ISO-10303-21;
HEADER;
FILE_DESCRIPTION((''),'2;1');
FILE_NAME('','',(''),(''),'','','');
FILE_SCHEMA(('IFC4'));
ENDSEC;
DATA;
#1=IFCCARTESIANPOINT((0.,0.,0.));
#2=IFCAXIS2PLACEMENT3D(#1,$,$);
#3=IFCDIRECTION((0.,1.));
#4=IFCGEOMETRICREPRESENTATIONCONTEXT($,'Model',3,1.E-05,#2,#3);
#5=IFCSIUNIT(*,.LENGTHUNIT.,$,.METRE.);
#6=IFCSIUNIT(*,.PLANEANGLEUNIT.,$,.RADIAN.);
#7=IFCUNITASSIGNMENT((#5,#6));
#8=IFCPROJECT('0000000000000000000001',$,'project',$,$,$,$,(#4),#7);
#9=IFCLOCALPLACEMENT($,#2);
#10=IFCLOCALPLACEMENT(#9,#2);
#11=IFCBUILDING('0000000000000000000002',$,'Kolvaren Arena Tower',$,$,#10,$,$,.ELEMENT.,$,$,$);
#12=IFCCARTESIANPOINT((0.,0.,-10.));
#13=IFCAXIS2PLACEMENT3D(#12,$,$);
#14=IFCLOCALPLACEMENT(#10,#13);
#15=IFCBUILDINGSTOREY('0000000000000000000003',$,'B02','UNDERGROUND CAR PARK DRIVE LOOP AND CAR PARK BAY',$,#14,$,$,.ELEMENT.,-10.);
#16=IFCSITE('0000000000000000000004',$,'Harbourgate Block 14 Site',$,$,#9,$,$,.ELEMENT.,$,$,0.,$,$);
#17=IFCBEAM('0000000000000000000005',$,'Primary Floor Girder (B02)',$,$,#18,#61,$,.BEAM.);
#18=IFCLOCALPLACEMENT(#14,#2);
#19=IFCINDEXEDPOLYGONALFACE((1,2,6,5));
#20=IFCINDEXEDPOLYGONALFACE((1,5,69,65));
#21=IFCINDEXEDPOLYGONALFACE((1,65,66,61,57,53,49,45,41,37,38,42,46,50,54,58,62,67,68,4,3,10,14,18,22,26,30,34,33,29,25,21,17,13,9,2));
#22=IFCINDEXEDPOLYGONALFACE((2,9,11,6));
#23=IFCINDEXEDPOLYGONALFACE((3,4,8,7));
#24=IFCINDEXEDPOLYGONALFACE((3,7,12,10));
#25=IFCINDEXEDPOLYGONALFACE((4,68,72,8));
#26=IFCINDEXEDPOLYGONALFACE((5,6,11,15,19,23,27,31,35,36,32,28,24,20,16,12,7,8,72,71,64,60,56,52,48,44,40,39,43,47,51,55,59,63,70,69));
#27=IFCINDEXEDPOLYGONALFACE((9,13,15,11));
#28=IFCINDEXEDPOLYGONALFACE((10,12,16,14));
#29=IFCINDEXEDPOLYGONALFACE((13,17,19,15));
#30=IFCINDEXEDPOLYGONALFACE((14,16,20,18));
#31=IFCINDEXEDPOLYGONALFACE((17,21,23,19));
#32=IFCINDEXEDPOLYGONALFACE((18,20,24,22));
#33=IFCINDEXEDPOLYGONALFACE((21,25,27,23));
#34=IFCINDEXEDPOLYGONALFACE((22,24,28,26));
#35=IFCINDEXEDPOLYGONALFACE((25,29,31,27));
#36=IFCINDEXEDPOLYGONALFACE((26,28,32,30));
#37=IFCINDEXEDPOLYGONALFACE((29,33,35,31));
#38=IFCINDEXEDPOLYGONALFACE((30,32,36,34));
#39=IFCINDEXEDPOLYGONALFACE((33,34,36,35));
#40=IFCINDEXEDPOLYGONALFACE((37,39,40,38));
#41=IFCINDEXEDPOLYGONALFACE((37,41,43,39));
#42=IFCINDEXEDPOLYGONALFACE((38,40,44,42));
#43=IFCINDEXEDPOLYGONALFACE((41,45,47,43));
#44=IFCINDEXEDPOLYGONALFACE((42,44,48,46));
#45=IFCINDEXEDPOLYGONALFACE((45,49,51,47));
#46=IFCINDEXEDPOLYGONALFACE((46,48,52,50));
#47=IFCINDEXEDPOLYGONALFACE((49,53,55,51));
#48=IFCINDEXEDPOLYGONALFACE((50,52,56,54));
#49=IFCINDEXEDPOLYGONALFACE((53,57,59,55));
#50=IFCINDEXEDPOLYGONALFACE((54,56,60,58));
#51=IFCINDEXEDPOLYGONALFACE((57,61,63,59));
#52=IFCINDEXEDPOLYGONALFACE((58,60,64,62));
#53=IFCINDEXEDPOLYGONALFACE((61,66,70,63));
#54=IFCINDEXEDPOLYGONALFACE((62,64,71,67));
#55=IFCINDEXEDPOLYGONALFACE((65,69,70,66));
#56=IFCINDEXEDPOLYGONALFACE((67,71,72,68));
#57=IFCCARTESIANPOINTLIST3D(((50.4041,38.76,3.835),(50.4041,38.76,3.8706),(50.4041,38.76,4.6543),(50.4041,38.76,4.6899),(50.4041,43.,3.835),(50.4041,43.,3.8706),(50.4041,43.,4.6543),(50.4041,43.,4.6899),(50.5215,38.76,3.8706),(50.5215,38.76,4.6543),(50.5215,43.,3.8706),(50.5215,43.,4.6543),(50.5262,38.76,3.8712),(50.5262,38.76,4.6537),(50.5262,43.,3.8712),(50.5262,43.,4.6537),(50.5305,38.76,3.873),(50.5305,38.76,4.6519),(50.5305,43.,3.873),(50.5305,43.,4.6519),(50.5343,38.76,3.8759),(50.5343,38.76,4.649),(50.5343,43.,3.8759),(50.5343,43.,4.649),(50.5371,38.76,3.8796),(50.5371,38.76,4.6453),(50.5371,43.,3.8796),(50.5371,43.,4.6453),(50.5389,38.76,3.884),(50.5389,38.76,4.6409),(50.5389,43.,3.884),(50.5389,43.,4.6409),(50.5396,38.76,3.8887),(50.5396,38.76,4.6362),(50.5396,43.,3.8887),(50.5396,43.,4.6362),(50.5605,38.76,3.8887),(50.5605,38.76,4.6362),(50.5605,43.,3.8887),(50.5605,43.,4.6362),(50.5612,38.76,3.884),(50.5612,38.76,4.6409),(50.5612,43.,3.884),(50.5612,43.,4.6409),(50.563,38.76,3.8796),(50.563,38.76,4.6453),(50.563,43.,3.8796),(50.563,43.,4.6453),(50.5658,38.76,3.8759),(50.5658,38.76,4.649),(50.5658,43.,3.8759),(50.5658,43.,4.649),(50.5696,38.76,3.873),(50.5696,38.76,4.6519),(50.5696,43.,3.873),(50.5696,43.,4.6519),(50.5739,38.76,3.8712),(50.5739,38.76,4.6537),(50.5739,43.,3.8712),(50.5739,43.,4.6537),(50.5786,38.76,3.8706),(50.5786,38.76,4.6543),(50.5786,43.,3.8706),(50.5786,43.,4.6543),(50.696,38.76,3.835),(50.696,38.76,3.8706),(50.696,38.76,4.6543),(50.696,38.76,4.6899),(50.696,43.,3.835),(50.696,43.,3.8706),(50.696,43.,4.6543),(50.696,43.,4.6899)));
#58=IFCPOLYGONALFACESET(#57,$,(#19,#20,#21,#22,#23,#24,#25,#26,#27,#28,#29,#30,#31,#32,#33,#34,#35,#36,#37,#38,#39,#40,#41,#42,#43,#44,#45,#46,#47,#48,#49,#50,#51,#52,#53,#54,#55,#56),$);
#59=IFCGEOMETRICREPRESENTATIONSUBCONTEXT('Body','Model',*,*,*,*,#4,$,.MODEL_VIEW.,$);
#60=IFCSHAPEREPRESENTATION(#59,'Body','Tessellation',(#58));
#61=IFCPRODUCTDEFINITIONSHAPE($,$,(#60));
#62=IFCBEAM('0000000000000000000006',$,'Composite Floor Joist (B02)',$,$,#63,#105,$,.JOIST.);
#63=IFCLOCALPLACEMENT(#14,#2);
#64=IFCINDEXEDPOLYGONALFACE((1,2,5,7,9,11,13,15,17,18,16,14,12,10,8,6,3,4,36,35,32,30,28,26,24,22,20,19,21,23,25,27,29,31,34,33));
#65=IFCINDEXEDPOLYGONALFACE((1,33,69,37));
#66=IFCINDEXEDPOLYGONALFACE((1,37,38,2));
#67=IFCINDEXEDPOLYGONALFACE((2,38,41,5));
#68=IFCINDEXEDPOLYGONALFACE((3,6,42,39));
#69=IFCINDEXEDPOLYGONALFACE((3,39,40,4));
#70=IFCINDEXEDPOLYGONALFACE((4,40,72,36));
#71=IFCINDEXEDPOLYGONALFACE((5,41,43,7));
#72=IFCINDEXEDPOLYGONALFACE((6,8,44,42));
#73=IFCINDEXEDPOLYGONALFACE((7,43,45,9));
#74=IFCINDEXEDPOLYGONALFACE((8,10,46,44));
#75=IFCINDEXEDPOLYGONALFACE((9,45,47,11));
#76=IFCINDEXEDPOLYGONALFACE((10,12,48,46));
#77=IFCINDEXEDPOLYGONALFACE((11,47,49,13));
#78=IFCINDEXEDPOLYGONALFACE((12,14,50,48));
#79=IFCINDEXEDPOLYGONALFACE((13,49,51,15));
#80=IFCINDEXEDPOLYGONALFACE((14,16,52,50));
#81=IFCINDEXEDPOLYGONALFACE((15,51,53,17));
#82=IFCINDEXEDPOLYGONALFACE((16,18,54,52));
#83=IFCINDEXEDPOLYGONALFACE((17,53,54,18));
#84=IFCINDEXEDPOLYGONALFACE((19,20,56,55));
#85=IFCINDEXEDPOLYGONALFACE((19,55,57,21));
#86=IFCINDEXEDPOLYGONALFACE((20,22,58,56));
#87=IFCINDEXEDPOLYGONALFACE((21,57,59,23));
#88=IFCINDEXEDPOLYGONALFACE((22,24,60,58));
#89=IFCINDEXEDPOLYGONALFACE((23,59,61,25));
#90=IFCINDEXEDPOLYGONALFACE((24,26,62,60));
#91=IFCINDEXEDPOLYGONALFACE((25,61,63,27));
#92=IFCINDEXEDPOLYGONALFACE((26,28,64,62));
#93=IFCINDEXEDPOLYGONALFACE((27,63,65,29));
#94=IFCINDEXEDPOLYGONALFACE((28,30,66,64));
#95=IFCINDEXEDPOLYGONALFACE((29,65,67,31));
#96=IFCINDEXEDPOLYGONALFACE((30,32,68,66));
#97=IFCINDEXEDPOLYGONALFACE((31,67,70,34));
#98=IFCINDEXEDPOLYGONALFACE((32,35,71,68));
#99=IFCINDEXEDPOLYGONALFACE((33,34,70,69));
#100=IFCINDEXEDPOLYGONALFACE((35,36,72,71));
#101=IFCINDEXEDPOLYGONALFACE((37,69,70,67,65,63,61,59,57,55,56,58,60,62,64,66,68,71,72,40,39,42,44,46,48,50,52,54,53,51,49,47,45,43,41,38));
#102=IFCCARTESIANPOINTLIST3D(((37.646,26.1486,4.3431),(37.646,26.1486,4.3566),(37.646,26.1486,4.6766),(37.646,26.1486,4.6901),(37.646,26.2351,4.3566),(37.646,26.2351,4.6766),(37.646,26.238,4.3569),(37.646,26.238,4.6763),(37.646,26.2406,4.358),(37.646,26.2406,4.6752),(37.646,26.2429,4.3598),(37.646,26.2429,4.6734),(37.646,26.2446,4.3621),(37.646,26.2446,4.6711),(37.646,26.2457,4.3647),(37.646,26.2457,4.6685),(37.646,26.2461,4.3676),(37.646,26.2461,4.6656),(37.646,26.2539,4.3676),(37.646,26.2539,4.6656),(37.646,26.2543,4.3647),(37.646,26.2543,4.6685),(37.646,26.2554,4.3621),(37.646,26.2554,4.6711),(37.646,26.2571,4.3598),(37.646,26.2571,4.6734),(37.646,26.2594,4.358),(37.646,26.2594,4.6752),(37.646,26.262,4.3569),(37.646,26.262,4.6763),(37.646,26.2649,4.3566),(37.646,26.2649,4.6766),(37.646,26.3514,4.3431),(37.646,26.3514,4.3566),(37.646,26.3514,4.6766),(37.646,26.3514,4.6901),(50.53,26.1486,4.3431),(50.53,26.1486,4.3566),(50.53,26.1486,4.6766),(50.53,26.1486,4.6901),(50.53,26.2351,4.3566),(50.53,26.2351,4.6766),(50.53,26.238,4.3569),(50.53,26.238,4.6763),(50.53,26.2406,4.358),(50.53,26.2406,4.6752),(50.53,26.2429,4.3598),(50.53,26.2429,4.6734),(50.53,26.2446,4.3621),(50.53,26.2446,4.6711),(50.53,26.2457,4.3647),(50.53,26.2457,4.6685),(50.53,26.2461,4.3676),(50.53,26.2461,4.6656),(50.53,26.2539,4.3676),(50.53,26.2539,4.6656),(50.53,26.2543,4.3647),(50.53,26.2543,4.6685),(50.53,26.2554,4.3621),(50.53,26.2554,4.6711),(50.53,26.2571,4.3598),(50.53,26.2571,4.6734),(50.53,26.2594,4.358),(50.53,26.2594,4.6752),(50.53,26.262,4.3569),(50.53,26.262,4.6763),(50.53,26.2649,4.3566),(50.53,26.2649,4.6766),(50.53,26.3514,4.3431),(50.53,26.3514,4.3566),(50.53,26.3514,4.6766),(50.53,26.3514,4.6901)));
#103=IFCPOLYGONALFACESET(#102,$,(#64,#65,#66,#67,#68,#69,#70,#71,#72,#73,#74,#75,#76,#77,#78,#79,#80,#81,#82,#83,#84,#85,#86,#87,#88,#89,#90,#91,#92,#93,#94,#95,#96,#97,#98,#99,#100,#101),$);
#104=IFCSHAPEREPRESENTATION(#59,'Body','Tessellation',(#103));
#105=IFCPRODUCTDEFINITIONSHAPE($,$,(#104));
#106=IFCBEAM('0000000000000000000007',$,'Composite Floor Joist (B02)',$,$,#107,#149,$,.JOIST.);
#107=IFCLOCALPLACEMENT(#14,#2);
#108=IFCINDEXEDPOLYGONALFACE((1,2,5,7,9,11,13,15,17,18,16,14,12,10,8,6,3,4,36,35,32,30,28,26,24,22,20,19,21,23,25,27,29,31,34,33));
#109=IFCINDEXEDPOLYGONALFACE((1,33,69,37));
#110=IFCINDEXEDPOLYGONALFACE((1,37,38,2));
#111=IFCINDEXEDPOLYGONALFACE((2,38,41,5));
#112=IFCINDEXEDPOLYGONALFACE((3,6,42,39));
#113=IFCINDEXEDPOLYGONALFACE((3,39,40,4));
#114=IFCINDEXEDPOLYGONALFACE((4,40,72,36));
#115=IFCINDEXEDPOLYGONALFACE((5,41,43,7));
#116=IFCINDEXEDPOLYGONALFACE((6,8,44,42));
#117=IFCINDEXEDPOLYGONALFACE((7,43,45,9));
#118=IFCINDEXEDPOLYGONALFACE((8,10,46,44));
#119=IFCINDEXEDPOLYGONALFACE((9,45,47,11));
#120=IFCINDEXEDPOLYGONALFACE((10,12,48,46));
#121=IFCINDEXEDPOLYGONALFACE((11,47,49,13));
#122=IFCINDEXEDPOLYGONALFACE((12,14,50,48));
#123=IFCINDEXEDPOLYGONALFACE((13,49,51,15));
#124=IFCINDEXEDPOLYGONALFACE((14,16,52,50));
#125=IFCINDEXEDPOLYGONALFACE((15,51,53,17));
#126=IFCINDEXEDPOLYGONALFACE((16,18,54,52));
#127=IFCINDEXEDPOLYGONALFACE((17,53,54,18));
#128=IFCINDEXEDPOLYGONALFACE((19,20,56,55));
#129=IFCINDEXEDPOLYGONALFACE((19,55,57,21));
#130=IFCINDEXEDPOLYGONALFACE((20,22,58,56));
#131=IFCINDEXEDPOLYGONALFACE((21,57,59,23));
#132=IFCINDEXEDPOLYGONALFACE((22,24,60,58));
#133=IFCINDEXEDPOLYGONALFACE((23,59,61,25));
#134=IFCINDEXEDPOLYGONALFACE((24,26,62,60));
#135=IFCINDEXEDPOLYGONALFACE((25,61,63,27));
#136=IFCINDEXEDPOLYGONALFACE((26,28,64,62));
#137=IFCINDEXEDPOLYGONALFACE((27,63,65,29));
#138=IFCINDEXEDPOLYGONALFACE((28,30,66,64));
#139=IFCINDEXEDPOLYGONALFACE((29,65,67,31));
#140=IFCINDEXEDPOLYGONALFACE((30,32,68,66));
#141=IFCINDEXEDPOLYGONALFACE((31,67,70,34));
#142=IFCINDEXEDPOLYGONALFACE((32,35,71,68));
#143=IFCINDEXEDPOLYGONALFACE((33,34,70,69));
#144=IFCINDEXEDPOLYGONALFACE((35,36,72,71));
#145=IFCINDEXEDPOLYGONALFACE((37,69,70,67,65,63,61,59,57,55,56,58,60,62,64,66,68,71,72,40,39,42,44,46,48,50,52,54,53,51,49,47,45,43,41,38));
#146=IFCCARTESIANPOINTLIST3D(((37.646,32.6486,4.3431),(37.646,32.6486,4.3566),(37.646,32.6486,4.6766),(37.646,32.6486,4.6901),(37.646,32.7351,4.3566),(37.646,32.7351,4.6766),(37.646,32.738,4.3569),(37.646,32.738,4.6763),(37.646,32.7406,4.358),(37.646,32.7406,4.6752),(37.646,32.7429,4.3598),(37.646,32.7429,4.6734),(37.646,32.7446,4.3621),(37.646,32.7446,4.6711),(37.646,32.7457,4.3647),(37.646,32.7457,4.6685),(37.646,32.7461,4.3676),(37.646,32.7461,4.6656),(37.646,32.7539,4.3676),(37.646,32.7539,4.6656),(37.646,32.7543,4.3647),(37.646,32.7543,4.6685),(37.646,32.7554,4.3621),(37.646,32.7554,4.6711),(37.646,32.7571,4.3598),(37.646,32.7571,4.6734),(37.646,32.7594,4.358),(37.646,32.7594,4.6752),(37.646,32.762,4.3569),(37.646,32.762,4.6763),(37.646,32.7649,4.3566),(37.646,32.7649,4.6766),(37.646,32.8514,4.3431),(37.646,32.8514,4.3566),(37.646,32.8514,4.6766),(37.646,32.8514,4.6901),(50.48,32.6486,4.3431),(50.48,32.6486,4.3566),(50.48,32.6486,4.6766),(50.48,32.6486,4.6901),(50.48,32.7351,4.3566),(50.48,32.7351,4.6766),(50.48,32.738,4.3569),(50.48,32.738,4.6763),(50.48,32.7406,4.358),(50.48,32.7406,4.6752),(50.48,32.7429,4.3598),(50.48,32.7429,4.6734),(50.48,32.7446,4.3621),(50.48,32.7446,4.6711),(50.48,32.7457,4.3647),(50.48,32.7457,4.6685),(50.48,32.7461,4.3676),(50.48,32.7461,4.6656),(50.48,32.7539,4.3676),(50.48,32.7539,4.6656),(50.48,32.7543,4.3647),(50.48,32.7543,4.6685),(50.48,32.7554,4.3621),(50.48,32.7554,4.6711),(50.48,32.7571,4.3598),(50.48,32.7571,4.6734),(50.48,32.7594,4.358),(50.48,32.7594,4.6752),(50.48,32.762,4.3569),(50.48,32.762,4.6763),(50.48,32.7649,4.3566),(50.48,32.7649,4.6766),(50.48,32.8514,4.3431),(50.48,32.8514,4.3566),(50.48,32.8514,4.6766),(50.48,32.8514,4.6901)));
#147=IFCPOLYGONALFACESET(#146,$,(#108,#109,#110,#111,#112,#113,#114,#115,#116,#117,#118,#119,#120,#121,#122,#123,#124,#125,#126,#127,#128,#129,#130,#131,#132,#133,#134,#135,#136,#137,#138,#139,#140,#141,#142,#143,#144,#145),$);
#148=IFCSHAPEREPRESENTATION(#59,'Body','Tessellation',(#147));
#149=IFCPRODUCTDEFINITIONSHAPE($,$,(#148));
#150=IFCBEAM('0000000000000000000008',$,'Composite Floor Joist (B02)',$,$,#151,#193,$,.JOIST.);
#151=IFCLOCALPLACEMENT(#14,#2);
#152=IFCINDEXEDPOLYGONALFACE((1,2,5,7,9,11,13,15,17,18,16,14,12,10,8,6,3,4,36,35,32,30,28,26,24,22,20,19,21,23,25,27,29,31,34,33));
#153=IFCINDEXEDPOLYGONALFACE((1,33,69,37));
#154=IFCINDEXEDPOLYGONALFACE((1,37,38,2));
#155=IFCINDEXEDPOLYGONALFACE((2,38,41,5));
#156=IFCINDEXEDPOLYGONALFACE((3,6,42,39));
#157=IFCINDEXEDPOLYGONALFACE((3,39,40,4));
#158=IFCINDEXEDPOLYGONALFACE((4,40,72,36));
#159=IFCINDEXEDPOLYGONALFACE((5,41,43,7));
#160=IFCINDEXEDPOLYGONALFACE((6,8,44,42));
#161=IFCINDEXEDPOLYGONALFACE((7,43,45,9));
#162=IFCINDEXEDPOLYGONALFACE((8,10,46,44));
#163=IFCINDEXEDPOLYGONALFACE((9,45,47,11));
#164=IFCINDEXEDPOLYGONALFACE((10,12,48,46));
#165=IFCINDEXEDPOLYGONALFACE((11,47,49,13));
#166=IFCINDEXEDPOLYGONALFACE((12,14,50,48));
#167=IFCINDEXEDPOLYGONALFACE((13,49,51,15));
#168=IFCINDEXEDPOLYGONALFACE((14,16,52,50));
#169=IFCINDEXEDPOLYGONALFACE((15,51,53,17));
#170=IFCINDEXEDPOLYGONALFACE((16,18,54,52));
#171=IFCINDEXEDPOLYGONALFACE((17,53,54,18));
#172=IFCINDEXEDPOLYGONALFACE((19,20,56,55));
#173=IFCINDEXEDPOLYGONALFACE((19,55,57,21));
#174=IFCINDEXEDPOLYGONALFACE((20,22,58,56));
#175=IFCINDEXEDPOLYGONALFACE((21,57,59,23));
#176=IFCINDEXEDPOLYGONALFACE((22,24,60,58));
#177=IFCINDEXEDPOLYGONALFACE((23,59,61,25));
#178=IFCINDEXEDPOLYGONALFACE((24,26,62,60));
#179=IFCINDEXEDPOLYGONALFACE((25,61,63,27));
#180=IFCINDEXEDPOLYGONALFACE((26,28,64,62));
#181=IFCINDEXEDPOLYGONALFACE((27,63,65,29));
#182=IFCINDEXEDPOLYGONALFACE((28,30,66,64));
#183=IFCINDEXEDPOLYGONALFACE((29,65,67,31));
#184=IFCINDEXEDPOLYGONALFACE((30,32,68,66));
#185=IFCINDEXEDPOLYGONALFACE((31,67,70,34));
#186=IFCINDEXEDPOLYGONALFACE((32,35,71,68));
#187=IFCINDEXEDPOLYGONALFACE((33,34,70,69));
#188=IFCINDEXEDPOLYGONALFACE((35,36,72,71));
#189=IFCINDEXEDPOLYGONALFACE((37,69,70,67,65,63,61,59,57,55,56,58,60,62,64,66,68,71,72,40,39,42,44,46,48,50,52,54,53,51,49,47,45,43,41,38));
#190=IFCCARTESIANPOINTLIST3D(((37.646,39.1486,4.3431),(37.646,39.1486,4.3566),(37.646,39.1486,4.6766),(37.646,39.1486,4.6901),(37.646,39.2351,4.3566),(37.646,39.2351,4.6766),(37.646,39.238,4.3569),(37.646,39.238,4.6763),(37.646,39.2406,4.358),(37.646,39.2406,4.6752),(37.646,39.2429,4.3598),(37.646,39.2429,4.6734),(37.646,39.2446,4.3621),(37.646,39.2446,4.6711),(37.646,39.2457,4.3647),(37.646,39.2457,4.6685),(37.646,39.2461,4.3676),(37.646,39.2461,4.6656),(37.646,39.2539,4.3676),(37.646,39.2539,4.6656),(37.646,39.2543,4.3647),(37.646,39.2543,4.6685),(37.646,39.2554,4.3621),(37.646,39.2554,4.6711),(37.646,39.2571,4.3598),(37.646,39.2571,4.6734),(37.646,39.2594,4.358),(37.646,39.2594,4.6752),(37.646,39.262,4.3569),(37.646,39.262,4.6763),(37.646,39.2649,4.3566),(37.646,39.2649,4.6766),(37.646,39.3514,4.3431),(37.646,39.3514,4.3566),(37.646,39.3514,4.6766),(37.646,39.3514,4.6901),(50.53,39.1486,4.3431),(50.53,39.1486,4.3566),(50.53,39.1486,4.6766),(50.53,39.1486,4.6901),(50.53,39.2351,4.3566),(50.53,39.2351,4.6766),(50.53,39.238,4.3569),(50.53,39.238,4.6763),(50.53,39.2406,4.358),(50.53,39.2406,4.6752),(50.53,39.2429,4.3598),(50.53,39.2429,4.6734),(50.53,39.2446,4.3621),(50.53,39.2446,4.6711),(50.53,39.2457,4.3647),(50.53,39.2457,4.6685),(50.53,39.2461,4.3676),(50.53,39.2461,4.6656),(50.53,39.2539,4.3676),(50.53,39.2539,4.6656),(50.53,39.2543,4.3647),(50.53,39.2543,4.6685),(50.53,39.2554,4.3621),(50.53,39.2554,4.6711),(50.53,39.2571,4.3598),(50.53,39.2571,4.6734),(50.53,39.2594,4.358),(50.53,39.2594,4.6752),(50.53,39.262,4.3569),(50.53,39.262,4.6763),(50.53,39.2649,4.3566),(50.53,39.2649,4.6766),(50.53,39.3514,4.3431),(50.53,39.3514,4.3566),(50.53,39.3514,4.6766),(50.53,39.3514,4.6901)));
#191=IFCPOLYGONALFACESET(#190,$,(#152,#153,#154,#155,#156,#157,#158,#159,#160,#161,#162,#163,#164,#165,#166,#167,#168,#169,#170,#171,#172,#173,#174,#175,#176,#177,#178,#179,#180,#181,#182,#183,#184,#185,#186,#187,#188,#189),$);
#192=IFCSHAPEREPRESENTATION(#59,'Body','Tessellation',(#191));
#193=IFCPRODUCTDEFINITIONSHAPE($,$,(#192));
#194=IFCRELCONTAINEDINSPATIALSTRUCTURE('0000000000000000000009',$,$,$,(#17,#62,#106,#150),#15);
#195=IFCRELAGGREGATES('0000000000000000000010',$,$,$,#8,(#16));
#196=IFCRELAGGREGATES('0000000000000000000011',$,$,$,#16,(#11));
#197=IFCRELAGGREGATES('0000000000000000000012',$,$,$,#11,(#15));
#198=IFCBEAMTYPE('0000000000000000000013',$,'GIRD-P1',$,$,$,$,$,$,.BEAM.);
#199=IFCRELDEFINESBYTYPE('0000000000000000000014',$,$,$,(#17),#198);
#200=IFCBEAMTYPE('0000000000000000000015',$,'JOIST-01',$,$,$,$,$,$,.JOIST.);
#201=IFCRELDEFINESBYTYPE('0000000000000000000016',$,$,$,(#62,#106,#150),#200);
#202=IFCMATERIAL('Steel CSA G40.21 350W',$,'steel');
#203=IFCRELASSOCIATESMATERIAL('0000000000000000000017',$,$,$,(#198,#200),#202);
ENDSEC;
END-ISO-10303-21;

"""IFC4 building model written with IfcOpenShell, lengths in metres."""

from ifc_helpers import new_model, si_unit, direction, frame, origin, origin_2d, place, context, subcontext, project, spatial, i_section, extrude, material, material_profile, profile_set, type_object, element, save


model = new_model("IFC4")

# Units and contexts
model_context = context("Model", 3, precision=1e-05, world=origin(), true_north=direction((0.0, 1.0)))
body_context = subcontext(model_context, "Body", "Model", "MODEL_VIEW")
ifc_project = project(units=[si_unit("LENGTHUNIT", "METRE"), si_unit("PLANEANGLEUNIT", "RADIAN")], contexts=[model_context])

# Site, building, storey
site_placement = place(None, origin())
site = spatial("IfcSite", under=ifc_project, at=site_placement, Name="Harbourgate Block 14 Site", CompositionType="ELEMENT", RefElevation=0.0)
building_placement = place(site_placement, origin())
building = spatial("IfcBuilding", under=site, at=building_placement, Name="Kolvaren Arena Tower", CompositionType="ELEMENT")
storey_placement = place(building_placement, frame((0.0, 0.0, -10.0)))
storey = spatial("IfcBuildingStorey", under=building, at=storey_placement, Name="B02", Description="UNDERGROUND CAR PARK DRIVE LOOP AND CAR PARK BAY", CompositionType="ELEMENT", Elevation=-10.0)

# Beams
ifc_material_1 = material(Name="Steel CSA G40.21 350W", Category="steel")
ifc_material_profile_1 = material_profile(ifc_material_1, i_section(OverallWidth=0.292, OverallDepth=0.855, WebThickness=0.021, FlangeThickness=0.0356, FilletRadius=0.0181, at=origin_2d()), Name="W840x299")
ifc_profile_set_1 = profile_set([ifc_material_profile_1], Name="Steel CSA G40.21 350W")
beam_type_1 = type_object("IfcBeamType", Name="GIRD-P1", PredefinedType="BEAM", material=ifc_profile_set_1)
beam_1_placement = place(storey_placement, frame((50.55, 38.76, 4.2625), z_axis=(0.0, 1.0, 0.0), x_axis=(-1.0, 0.0, 0.0)))
element("IfcBeam", 1, at=beam_1_placement, inside=storey, type_object=beam_type_1, Name="Primary Floor Girder (B02)", PredefinedType="BEAM", context=body_context, shape_type="SweptSolid", body=[
    extrude(i_section(OverallWidth=0.292, OverallDepth=0.855, WebThickness=0.021, FlangeThickness=0.0356, FilletRadius=0.0181, at=origin_2d()), origin(), (0.0, 0.0, 1.0), 4.24),
])
ifc_material_profile_2 = material_profile(ifc_material_1, i_section(OverallWidth=0.2029, OverallDepth=0.3469, WebThickness=0.0078, FlangeThickness=0.0134, FilletRadius=0.011, at=origin_2d()), Name="W360x64")
ifc_profile_set_2 = profile_set([ifc_material_profile_2], Name="Steel CSA G40.21 350W")
beam_type_2 = type_object("IfcBeamType", Name="JOIST-01", PredefinedType="JOIST", material=ifc_profile_set_2)
beam_2_placement = place(storey_placement, frame((37.646, 26.25, 4.5166), z_axis=(1.0, 0.0, 0.0), x_axis=(0.0, 1.0, 0.0)))
element("IfcBeam", 2, at=beam_2_placement, inside=storey, type_object=beam_type_2, Name="Composite Floor Joist (B02)", PredefinedType="JOIST", context=body_context, shape_type="SweptSolid", body=[
    extrude(i_section(OverallWidth=0.2029, OverallDepth=0.3469, WebThickness=0.0078, FlangeThickness=0.0134, FilletRadius=0.011, at=origin_2d()), origin(), (0.0, 0.0, 1.0), 12.884),
])
beam_3_placement = place(storey_placement, frame((37.646, 32.75, 4.5166), z_axis=(1.0, 0.0, 0.0), x_axis=(0.0, 1.0, 0.0)))
element("IfcBeam", 3, at=beam_3_placement, inside=storey, type_object=beam_type_2, Name="Composite Floor Joist (B02)", PredefinedType="JOIST", context=body_context, shape_type="SweptSolid", body=[
    extrude(i_section(OverallWidth=0.2029, OverallDepth=0.3469, WebThickness=0.0078, FlangeThickness=0.0134, FilletRadius=0.011, at=origin_2d()), origin(), (0.0, 0.0, 1.0), 12.834),
])
beam_4_placement = place(storey_placement, frame((37.646, 39.25, 4.5166), z_axis=(1.0, 0.0, 0.0), x_axis=(0.0, 1.0, 0.0)))
element("IfcBeam", 4, at=beam_4_placement, inside=storey, type_object=beam_type_2, Name="Composite Floor Joist (B02)", PredefinedType="JOIST", context=body_context, shape_type="SweptSolid", body=[
    extrude(i_section(OverallWidth=0.2029, OverallDepth=0.3469, WebThickness=0.0078, FlangeThickness=0.0134, FilletRadius=0.011, at=origin_2d()), origin(), (0.0, 0.0, 1.0), 12.884),
])

save(model, "model.ifc")
